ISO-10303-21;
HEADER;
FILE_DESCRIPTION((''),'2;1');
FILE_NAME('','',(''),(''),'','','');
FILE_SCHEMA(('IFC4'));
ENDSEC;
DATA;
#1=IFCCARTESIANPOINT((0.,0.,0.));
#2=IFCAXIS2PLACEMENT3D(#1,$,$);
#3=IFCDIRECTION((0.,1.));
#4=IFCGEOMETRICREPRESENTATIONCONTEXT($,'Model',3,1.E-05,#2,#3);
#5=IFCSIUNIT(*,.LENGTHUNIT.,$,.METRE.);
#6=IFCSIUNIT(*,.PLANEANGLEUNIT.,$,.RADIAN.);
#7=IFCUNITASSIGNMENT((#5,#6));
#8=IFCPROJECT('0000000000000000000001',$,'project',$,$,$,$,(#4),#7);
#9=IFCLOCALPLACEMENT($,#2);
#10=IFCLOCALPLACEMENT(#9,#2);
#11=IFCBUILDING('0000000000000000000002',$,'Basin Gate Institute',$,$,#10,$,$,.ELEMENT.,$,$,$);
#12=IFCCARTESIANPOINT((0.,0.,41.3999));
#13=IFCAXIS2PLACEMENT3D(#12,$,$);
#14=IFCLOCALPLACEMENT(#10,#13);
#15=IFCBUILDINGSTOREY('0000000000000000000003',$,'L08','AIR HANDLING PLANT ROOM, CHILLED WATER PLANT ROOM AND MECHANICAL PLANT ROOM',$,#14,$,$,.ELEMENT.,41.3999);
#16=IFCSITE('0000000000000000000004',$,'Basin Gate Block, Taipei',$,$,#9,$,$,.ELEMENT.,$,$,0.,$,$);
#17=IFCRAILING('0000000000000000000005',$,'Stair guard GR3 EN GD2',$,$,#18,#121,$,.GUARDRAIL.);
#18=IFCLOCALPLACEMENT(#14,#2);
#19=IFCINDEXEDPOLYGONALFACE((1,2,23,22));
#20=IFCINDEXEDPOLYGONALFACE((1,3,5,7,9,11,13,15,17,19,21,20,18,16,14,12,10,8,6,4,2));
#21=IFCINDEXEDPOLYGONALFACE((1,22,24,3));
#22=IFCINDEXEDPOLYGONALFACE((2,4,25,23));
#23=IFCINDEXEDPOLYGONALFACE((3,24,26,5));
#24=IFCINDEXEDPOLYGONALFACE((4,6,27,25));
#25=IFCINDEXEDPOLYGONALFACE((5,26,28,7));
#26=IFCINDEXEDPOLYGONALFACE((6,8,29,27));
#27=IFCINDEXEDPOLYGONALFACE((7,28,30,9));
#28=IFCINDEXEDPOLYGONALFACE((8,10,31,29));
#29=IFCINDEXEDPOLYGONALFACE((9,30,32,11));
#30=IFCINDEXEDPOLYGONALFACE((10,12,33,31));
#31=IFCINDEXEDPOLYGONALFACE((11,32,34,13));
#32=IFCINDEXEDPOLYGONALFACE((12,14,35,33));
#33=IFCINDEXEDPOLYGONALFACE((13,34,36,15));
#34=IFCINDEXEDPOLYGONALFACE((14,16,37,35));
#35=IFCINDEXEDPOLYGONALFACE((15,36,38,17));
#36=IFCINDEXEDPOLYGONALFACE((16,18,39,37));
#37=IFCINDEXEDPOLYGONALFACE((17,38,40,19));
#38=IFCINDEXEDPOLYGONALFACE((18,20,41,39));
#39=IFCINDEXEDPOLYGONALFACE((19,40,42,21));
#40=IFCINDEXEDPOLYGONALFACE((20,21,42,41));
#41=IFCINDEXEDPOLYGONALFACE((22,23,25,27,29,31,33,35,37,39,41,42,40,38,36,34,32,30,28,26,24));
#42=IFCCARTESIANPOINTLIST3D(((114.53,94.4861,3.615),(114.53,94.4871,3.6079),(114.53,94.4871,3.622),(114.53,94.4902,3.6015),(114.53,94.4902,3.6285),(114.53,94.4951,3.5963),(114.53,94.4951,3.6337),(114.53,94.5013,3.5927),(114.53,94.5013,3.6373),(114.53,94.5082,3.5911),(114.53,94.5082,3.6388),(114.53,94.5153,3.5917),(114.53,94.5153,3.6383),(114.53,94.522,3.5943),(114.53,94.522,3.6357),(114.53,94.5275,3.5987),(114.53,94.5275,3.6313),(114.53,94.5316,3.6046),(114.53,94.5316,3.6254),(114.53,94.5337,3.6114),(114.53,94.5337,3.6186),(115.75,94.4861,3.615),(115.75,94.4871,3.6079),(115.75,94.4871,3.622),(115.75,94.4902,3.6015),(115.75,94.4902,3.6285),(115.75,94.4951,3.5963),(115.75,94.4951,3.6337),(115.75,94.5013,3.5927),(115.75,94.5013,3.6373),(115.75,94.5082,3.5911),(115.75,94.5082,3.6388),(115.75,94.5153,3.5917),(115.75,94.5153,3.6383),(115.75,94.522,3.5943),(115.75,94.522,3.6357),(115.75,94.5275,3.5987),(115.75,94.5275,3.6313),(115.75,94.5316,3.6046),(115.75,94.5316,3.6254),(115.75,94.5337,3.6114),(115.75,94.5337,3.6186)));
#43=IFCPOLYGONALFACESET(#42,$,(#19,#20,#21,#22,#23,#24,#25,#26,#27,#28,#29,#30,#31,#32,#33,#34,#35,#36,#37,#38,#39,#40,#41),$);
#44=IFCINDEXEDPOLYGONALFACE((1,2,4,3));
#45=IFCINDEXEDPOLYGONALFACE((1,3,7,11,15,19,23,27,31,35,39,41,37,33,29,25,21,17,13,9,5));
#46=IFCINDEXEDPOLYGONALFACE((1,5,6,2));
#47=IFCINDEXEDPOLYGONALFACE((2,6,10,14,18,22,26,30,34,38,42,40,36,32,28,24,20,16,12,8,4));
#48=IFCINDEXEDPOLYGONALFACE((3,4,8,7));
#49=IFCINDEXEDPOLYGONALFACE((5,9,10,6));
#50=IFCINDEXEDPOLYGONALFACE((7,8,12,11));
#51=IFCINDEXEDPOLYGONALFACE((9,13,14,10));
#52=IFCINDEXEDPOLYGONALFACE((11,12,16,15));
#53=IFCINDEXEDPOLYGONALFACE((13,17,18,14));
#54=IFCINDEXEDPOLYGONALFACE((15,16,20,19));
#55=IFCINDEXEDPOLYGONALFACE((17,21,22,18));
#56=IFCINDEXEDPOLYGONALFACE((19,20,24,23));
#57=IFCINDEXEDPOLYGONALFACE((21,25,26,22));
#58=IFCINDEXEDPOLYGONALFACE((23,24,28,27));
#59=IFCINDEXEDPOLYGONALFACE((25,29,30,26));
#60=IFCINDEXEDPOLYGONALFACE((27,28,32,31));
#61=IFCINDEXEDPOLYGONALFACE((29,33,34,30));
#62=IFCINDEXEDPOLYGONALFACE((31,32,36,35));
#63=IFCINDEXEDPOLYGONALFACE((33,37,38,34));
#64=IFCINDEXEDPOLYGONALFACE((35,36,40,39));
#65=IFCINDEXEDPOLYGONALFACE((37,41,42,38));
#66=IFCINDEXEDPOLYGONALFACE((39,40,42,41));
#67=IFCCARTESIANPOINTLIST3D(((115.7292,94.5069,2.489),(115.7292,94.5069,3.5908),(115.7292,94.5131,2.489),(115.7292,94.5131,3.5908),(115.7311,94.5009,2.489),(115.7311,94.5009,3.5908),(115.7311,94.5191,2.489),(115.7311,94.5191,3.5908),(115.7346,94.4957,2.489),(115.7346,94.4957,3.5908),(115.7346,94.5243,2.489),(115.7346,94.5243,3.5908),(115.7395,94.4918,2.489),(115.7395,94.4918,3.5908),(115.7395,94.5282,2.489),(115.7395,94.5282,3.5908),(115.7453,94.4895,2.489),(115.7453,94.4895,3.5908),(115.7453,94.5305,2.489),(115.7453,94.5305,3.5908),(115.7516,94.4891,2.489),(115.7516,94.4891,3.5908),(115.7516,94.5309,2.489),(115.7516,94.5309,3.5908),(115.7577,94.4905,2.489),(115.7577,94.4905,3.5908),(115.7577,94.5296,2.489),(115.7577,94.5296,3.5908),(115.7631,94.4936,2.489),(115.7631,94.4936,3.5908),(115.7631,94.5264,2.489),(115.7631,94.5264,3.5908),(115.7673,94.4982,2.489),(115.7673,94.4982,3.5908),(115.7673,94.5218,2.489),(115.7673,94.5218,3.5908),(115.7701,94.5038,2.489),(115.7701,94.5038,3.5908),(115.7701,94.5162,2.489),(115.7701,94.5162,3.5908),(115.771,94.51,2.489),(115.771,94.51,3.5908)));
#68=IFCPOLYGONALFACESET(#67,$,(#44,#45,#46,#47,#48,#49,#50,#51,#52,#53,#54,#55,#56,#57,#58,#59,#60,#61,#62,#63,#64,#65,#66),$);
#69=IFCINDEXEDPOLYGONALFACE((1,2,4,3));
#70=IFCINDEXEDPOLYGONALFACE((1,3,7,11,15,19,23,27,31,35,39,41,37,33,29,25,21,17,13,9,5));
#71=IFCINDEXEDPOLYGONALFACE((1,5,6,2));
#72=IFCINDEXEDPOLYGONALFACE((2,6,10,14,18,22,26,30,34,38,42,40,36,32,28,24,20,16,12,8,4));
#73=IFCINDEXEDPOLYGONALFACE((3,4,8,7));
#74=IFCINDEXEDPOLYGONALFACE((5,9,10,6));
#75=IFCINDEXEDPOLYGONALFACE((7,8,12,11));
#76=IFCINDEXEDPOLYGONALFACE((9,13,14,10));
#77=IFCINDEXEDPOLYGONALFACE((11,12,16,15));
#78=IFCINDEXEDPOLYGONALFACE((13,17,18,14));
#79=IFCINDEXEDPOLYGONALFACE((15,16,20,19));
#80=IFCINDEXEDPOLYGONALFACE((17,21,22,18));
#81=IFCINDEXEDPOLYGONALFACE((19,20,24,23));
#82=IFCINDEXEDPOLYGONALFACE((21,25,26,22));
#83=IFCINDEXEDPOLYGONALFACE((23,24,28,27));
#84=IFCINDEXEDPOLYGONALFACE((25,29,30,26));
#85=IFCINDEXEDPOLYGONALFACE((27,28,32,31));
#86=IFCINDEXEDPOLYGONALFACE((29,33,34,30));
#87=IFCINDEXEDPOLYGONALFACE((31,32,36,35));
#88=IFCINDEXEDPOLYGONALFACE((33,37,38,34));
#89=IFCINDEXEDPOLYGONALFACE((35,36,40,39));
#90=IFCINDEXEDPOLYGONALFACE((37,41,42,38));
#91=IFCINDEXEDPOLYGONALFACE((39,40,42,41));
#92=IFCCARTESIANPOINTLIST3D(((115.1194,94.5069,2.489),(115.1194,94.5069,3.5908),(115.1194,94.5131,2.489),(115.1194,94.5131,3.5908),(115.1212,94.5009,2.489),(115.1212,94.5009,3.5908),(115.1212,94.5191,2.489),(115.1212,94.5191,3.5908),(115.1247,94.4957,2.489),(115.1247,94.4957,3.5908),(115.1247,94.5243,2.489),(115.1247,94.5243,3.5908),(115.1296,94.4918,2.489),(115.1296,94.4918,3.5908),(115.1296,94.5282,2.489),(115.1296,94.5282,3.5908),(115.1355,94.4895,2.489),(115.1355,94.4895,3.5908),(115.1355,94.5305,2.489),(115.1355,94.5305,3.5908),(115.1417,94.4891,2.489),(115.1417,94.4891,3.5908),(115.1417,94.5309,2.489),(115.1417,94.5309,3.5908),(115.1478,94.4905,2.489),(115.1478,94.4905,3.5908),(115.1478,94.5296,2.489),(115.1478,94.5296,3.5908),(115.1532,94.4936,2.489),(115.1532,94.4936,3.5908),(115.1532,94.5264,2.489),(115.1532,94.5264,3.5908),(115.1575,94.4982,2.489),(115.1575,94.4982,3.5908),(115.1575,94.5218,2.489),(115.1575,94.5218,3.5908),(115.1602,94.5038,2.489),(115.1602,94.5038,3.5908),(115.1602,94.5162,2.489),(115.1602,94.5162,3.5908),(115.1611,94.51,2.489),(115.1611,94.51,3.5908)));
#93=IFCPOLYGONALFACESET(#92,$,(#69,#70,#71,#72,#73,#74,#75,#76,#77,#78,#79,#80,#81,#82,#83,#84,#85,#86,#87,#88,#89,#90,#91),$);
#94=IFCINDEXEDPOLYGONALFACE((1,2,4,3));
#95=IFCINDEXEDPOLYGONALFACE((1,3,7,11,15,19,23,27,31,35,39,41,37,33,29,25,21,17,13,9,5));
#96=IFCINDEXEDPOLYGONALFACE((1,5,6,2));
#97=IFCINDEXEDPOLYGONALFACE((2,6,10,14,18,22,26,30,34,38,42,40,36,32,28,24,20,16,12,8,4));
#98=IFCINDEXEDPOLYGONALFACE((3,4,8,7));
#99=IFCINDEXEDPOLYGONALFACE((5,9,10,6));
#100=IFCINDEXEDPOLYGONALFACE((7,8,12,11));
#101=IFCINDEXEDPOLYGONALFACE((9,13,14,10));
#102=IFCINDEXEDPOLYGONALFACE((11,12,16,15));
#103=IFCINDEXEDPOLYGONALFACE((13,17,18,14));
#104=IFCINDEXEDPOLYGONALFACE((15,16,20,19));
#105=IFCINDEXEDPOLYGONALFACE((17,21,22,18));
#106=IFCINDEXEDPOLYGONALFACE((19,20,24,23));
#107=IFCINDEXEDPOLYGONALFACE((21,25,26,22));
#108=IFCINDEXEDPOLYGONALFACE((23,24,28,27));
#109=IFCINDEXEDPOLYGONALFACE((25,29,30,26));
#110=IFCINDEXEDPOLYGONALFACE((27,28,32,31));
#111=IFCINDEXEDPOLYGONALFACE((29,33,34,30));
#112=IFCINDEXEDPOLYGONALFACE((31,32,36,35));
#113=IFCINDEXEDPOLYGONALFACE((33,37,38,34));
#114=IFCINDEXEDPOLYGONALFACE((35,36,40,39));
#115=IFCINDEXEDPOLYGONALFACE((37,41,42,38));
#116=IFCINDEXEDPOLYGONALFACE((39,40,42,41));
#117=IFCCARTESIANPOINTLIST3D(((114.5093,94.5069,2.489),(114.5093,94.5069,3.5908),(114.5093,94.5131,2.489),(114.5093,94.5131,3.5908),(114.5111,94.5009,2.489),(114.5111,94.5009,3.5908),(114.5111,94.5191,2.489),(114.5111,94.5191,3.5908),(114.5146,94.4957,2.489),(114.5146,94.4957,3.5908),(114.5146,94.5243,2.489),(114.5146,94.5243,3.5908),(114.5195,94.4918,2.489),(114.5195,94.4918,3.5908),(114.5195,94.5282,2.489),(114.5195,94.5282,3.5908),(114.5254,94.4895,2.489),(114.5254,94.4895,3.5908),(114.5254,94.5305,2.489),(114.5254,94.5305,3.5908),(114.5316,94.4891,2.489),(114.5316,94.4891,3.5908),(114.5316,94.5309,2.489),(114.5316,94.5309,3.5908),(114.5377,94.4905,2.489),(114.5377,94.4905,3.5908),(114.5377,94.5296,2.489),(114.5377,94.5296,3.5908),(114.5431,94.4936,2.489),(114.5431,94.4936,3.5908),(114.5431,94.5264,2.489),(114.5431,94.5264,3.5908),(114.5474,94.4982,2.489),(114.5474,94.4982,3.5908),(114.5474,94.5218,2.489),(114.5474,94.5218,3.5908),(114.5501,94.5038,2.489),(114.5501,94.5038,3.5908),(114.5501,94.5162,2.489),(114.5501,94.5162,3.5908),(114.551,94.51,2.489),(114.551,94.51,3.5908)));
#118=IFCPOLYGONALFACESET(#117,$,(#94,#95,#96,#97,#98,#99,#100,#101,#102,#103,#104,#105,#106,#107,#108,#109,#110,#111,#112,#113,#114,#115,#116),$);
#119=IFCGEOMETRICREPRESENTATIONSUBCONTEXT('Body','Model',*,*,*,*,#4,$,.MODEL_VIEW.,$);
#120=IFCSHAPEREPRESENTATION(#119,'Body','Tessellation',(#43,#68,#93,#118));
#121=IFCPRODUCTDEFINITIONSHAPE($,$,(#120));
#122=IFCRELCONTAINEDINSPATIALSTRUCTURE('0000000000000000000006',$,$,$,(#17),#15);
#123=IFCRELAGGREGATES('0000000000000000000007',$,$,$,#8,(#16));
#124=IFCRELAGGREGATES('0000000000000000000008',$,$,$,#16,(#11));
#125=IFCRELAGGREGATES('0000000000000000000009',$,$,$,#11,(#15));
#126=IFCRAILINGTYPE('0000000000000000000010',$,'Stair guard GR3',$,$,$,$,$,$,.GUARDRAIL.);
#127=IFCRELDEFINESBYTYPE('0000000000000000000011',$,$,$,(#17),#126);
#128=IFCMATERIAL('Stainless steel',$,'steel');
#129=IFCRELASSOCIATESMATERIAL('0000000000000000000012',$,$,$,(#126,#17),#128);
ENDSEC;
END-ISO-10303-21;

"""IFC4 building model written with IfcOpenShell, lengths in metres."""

from ifc_helpers import new_model, si_unit, direction, frame, origin, origin_2d, place, context, subcontext, project, spatial, circle, extrude, material, type_object, element, save


model = new_model("IFC4")

# Units and contexts
model_context = context("Model", 3, precision=1e-05, world=origin(), true_north=direction((0.0, 1.0)))
body_context = subcontext(model_context, "Body", "Model", "MODEL_VIEW")
ifc_project = project(units=[si_unit("LENGTHUNIT", "METRE"), si_unit("PLANEANGLEUNIT", "RADIAN")], contexts=[model_context])

# Site, building, storey
site_placement = place(None, origin())
site = spatial("IfcSite", under=ifc_project, at=site_placement, Name="Basin Gate Block, Taipei", CompositionType="ELEMENT", RefElevation=0.0)
building_placement = place(site_placement, origin())
building = spatial("IfcBuilding", under=site, at=building_placement, Name="Basin Gate Institute", CompositionType="ELEMENT")
storey_placement = place(building_placement, frame((0.0, 0.0, 41.3999)))
storey = spatial("IfcBuildingStorey", under=building, at=storey_placement, Name="L08", Description="AIR HANDLING PLANT ROOM, CHILLED WATER PLANT ROOM AND MECHANICAL PLANT ROOM", CompositionType="ELEMENT", Elevation=41.3999)

# Railing
ifc_material_1 = material(Name="Stainless steel", Category="steel")
railing_type_1 = type_object("IfcRailingType", Name="Stair guard GR3", PredefinedType="GUARDRAIL", material=ifc_material_1)
railing_1_placement = place(storey_placement, frame((115.75, 94.51, 2.489)))
element("IfcRailing", 1, at=railing_1_placement, inside=storey, type_object=railing_type_1, material=ifc_material_1, Name="Stair guard GR3 EN GD2", PredefinedType="GUARDRAIL", context=body_context, shape_type="SweptSolid", body=[
    extrude(circle(Radius=0.0239, at=origin_2d()), frame((0.0, 0.0, 1.126), z_axis=(-1.0, 0.0, 0.0), x_axis=(0.0, -1.0, 0.0)), (0.0, 0.0, 1.0), 1.22),
    extrude(circle(Radius=0.021, at=origin_2d()), origin(), (0.0, 0.0, 1.0), 1.1018),
    extrude(circle(Radius=0.021, at=origin_2d()), frame((-0.6099, 0.0, 0.0)), (0.0, 0.0, 1.0), 1.1018),
    extrude(circle(Radius=0.021, at=origin_2d()), frame((-1.22, 0.0, 0.0)), (0.0, 0.0, 1.0), 1.1018),
])

save(model, "model.ifc")
